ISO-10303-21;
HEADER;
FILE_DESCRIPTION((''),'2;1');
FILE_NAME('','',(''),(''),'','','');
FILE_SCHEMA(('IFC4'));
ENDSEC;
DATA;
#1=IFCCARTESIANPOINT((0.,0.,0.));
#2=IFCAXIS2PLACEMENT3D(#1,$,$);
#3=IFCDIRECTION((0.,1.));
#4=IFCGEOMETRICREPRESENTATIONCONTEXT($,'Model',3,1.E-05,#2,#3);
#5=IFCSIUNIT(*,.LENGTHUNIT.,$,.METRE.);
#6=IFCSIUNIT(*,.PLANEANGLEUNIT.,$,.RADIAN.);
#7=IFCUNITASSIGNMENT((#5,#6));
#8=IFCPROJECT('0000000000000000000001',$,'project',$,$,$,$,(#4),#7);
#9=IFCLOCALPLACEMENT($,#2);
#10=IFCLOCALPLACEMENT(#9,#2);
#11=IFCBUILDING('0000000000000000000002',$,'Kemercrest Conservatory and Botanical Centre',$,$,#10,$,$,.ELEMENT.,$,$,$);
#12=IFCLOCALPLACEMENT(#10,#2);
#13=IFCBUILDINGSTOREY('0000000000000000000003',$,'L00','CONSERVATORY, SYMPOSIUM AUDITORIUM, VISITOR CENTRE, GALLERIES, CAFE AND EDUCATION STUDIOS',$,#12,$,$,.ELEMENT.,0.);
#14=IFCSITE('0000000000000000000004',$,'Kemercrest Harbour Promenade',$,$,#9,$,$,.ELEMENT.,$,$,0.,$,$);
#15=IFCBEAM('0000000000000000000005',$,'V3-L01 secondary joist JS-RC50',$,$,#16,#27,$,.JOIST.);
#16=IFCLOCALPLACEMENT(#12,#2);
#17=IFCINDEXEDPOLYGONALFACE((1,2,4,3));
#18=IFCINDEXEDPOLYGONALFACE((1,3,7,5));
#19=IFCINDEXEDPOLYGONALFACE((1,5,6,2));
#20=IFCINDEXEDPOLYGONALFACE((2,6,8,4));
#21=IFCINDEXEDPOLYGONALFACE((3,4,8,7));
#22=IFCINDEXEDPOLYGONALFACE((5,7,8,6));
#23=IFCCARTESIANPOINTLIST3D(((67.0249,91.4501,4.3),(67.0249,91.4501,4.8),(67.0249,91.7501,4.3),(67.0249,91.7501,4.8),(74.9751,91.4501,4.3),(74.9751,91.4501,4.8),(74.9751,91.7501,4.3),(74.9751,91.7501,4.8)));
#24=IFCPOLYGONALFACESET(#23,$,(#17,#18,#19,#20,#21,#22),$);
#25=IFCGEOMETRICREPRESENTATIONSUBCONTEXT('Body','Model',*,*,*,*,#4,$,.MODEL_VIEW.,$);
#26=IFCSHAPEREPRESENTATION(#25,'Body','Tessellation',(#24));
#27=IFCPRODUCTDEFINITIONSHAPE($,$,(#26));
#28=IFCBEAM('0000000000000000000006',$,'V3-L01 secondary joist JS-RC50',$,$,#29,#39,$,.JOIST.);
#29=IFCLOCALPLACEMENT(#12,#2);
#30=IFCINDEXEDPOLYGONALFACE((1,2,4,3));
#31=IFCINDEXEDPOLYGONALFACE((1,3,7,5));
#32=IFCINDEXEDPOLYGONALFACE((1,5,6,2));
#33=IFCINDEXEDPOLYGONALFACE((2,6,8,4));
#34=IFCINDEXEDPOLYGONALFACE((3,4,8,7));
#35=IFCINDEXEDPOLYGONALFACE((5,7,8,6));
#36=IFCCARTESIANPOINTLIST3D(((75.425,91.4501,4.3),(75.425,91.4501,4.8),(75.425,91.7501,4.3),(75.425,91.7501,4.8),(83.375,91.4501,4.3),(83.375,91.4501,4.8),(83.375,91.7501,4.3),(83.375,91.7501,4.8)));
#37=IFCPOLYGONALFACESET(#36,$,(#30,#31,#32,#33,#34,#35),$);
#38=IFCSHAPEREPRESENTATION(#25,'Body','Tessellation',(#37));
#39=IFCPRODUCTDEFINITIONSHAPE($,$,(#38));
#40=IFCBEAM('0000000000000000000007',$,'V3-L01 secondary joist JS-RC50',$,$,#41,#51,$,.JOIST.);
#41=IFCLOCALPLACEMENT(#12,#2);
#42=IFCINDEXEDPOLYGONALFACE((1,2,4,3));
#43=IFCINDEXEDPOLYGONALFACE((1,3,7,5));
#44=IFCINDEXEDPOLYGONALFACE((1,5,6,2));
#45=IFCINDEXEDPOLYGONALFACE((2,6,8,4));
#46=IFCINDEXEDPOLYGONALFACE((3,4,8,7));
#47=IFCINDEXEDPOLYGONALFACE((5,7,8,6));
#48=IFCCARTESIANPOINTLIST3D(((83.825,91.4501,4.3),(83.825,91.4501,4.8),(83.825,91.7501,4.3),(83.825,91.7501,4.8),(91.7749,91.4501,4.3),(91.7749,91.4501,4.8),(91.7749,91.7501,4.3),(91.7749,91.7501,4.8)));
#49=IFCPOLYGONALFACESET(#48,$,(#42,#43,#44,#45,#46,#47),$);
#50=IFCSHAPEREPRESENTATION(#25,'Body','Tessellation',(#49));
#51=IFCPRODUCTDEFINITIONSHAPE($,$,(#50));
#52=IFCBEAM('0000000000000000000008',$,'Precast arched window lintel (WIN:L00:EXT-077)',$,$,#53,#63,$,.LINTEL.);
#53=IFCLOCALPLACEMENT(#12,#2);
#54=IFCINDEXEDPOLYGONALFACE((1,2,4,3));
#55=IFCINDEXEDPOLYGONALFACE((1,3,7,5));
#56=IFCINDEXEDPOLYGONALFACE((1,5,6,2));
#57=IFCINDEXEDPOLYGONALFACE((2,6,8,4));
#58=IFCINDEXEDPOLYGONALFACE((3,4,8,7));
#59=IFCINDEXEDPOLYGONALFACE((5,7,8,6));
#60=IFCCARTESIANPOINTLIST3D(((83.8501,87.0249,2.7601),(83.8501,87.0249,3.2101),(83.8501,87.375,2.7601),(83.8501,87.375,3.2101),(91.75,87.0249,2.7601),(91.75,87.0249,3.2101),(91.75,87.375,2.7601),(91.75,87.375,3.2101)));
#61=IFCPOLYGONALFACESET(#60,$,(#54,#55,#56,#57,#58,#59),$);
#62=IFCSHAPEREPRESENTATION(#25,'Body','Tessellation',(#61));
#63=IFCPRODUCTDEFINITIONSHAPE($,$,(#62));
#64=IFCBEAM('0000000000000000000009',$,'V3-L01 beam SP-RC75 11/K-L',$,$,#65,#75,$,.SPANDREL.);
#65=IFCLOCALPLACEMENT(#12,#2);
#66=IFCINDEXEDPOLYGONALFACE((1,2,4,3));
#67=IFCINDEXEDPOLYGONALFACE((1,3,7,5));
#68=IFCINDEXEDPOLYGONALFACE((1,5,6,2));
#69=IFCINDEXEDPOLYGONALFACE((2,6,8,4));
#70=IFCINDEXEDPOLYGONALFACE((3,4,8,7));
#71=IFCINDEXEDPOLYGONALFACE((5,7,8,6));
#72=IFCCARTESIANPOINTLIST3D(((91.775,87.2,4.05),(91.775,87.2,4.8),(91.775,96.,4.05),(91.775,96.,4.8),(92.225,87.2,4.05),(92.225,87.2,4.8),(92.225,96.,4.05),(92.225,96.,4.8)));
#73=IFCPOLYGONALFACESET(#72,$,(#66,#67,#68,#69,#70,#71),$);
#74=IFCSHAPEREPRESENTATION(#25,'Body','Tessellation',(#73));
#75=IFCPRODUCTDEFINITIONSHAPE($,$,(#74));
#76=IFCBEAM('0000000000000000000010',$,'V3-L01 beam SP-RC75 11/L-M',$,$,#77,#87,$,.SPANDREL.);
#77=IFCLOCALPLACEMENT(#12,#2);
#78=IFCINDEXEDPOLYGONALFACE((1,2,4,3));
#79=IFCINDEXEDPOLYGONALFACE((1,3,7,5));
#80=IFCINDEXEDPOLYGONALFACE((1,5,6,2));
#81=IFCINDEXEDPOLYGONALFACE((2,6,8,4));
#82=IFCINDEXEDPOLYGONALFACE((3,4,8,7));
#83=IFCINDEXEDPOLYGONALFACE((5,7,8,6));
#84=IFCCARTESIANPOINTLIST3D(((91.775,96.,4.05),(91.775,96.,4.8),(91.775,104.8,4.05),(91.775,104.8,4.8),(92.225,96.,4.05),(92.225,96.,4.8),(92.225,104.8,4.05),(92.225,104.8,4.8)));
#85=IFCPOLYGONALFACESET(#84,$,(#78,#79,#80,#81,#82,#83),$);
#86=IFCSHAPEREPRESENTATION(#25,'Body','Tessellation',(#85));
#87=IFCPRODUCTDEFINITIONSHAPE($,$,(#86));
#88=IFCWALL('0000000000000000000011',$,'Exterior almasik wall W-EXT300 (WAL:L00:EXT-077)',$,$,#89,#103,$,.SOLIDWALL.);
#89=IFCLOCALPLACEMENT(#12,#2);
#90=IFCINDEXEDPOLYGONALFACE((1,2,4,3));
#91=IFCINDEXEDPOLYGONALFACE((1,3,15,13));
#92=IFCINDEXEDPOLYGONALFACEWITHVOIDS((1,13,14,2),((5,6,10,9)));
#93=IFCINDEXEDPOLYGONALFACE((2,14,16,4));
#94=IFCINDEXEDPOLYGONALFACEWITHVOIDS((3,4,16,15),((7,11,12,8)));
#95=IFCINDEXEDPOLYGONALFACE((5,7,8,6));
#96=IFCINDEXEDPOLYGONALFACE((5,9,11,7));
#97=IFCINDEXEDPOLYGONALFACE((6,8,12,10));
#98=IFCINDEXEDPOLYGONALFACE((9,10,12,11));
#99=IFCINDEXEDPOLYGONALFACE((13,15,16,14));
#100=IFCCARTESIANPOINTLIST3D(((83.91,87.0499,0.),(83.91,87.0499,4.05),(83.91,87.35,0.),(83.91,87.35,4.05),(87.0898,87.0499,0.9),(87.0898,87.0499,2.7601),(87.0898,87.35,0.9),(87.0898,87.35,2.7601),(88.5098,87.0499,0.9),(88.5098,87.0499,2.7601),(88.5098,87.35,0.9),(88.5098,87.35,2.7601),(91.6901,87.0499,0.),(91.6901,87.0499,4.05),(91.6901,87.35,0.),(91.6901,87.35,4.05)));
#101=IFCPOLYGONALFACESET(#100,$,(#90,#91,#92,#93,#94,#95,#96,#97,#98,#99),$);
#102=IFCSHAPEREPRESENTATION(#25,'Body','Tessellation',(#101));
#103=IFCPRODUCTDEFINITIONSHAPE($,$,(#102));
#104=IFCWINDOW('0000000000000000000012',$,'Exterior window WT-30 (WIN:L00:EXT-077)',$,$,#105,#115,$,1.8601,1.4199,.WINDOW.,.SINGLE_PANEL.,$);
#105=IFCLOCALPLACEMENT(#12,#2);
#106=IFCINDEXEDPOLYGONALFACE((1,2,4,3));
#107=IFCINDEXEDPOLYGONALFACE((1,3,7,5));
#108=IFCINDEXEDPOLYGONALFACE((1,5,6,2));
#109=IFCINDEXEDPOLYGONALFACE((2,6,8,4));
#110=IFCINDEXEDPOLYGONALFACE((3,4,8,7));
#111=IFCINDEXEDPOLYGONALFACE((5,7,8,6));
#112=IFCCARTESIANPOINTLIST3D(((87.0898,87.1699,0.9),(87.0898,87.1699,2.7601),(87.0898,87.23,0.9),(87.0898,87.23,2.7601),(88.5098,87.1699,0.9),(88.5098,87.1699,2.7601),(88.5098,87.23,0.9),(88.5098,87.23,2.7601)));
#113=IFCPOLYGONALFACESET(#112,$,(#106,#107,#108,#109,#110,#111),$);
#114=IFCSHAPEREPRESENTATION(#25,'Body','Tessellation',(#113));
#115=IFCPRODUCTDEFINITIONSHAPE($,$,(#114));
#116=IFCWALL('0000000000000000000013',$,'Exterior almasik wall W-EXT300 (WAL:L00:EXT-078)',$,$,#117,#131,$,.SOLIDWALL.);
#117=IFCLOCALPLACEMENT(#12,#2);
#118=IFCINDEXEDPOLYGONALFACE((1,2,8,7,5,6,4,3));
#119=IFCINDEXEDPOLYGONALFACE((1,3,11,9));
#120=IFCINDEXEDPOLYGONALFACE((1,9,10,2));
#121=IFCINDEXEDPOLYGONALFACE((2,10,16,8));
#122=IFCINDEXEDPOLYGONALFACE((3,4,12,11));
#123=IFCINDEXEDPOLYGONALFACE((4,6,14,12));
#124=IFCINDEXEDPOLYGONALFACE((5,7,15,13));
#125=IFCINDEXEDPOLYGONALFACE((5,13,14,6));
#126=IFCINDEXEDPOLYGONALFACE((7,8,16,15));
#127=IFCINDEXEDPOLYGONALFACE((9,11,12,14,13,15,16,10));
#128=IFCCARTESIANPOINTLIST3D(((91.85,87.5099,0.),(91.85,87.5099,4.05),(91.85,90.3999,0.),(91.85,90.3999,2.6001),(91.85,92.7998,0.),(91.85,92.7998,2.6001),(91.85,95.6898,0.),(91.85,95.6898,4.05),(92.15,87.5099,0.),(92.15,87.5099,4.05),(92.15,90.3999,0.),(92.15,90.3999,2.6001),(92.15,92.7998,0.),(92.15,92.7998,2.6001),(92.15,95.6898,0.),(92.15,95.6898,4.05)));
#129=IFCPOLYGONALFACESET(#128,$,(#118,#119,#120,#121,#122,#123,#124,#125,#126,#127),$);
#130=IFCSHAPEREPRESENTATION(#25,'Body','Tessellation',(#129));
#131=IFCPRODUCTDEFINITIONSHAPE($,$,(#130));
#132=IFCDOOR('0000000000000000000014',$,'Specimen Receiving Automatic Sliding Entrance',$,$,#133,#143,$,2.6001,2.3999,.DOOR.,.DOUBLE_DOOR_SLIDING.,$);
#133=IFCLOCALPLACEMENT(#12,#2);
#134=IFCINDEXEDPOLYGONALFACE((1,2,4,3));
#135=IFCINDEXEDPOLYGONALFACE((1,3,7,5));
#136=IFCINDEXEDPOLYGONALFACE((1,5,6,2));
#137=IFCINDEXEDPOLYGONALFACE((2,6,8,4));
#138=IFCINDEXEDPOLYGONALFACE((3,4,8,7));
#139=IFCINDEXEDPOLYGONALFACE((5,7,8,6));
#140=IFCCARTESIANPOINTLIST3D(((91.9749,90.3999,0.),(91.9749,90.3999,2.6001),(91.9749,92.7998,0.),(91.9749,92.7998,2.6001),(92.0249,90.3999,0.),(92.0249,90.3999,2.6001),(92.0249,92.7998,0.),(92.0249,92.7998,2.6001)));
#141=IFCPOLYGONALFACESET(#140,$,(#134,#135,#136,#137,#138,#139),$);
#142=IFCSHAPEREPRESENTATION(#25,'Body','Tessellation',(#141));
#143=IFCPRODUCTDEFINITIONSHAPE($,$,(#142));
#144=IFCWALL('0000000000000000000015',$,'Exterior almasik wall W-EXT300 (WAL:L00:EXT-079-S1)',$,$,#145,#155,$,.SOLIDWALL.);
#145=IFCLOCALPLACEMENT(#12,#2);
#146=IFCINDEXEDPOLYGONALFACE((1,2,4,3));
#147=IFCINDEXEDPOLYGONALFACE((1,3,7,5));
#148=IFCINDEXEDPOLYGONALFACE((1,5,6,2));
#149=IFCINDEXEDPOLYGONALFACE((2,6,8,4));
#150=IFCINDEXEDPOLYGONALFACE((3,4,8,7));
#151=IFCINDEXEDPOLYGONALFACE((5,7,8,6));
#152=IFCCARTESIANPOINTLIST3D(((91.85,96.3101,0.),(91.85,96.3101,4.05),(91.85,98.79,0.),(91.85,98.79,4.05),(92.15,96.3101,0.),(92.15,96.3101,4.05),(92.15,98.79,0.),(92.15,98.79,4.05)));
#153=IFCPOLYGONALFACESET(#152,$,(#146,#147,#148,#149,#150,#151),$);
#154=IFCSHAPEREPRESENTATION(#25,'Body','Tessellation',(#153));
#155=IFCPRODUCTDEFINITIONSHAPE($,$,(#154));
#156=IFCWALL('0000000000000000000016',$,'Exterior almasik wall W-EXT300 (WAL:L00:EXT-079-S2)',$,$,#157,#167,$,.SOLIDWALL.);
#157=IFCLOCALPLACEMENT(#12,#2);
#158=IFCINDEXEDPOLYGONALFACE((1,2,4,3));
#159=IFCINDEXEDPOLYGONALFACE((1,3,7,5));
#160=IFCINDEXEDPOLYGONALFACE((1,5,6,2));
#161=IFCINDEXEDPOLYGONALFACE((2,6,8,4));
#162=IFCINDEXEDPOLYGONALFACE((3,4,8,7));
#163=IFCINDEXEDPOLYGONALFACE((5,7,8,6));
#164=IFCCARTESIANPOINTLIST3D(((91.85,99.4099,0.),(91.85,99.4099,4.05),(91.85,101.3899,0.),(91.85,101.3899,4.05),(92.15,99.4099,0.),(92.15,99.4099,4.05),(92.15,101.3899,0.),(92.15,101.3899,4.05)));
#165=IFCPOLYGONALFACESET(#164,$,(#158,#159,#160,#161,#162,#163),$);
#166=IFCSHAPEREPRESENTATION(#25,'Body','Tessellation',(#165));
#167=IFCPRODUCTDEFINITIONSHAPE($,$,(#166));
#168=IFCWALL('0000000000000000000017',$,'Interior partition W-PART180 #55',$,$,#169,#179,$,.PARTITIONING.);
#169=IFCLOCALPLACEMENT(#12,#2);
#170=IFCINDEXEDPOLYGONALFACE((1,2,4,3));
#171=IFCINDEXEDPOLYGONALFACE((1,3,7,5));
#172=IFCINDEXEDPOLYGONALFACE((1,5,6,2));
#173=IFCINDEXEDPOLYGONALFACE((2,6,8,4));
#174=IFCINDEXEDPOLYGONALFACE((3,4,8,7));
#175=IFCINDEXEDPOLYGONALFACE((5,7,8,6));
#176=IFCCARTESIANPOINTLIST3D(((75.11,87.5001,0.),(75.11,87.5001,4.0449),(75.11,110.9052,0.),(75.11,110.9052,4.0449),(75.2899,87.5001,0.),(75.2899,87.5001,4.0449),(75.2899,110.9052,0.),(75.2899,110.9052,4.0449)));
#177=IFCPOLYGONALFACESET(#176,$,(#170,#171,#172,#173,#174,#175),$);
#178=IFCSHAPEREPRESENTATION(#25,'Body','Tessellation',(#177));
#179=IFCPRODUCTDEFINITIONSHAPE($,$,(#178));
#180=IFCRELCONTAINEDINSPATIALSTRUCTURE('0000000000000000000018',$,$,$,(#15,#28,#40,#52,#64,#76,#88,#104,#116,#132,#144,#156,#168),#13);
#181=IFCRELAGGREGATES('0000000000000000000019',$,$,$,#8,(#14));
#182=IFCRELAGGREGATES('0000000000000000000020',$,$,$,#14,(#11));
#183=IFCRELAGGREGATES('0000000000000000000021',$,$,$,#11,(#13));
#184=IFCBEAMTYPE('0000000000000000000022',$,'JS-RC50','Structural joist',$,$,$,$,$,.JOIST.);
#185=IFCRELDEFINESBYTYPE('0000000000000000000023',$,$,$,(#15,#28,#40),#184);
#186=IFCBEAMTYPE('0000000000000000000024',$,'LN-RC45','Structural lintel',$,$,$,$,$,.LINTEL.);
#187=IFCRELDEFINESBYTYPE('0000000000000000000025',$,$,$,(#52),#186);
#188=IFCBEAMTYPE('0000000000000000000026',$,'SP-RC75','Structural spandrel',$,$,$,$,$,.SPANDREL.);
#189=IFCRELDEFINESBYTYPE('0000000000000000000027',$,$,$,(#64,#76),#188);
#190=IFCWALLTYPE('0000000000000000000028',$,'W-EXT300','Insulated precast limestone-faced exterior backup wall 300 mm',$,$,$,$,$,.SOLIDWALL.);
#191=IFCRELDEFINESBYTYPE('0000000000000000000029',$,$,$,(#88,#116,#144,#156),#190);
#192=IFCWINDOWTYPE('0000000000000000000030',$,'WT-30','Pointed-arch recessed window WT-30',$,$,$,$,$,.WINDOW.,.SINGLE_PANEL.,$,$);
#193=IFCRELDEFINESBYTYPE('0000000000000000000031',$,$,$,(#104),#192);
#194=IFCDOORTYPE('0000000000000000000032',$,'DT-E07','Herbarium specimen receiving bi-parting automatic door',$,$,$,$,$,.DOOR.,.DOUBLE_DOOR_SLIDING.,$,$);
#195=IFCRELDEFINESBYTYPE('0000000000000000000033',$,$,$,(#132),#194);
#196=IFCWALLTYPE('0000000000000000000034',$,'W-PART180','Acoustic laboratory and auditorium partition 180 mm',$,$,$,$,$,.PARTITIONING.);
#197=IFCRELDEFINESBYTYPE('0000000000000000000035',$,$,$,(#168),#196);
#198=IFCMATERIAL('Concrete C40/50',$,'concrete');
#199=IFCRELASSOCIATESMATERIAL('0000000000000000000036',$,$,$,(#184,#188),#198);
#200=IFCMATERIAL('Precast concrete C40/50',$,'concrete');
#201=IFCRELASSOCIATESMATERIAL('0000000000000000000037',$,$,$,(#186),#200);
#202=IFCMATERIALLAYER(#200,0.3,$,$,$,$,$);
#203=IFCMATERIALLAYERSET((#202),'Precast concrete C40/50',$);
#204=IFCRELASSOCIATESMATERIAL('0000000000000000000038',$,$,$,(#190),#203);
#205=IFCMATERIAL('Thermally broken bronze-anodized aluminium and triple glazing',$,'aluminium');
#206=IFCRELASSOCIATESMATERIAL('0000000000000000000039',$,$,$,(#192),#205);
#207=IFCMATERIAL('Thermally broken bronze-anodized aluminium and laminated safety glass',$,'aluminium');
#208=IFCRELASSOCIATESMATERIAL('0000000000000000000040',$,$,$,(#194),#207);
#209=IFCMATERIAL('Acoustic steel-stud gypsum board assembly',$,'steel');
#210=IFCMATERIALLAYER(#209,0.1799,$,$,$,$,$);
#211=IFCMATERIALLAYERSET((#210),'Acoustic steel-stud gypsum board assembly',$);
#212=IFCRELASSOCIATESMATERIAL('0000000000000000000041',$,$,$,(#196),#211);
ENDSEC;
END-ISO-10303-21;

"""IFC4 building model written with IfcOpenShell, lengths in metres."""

from ifc_helpers import new_model, si_unit, direction, frame, frame_2d, origin, origin_2d, place, context, subcontext, project, spatial, rectangle, extrude, material, layer, layer_set, material_profile, profile_set, type_object, element, fill, save


model = new_model("IFC4")

# Units and contexts
model_context = context("Model", 3, precision=1e-05, world=origin(), true_north=direction((0.0, 1.0)))
body_context = subcontext(model_context, "Body", "Model", "MODEL_VIEW")
ifc_project = project(units=[si_unit("LENGTHUNIT", "METRE"), si_unit("PLANEANGLEUNIT", "RADIAN")], contexts=[model_context])

# Site, building, storey
site_placement = place(None, origin())
site = spatial("IfcSite", under=ifc_project, at=site_placement, Name="Kemercrest Harbour Promenade", CompositionType="ELEMENT", RefElevation=0.0)
building_placement = place(site_placement, origin())
building = spatial("IfcBuilding", under=site, at=building_placement, Name="Kemercrest Conservatory and Botanical Centre", CompositionType="ELEMENT")
storey_placement = place(building_placement, origin())
storey = spatial("IfcBuildingStorey", under=building, at=storey_placement, Name="L00", Description="CONSERVATORY, SYMPOSIUM AUDITORIUM, VISITOR CENTRE, GALLERIES, CAFE AND EDUCATION STUDIOS", CompositionType="ELEMENT", Elevation=0.0)

# Shared definitions
ifc_material_1 = material(Name="Concrete C40/50", Category="concrete")

# Beams
ifc_material_profile_1 = material_profile(ifc_material_1, rectangle(XDim=0.3, YDim=0.5, at=origin_2d()), Name="RC 300x500")
ifc_profile_set_1 = profile_set([ifc_material_profile_1], Name="Concrete C40/50")
beam_type_1 = type_object("IfcBeamType", Name="JS-RC50", Description="Structural joist", PredefinedType="JOIST", material=ifc_profile_set_1)
beam_1_placement = place(storey_placement, frame((67.0249, 91.6001, 4.55), z_axis=(1.0, 0.0, 0.0), x_axis=(0.0, 1.0, 0.0)))
element("IfcBeam", 1, at=beam_1_placement, inside=storey, type_object=beam_type_1, Name="V3-L01 secondary joist JS-RC50", PredefinedType="JOIST", context=body_context, shape_type="SweptSolid", body=[
    extrude(rectangle(XDim=0.3, YDim=0.5, at=origin_2d()), origin(), (0.0, 0.0, 1.0), 7.9502),
])
for number, where, z_axis, x_axis, name in (
    (2, (75.425, 91.6001, 4.55), (1.0, 0.0, 0.0), (0.0, 1.0, 0.0), "V3-L01 secondary joist JS-RC50"),
    (3, (83.825, 91.6001, 4.55), (1.0, 0.0, 0.0), (0.0, 1.0, 0.0), "V3-L01 secondary joist JS-RC50"),
):
    element("IfcBeam", number, at=place(storey_placement, frame(where, z_axis=z_axis, x_axis=x_axis)), inside=storey, type_object=beam_type_1, Name=name, PredefinedType="JOIST", context=body_context, shape_type="SweptSolid", body=[
        extrude(rectangle(XDim=0.3, YDim=0.5, at=origin_2d()), origin(), (0.0, 0.0, 1.0), 7.95),
    ])
ifc_material_2 = material(Name="Precast concrete C40/50", Category="concrete")
ifc_material_profile_2 = material_profile(ifc_material_2, rectangle(XDim=0.3501, YDim=0.45, at=origin_2d()), Name="RC 350x450")
ifc_profile_set_2 = profile_set([ifc_material_profile_2], Name="Precast concrete C40/50")
beam_type_2 = type_object("IfcBeamType", Name="LN-RC45", Description="Structural lintel", PredefinedType="LINTEL", material=ifc_profile_set_2)
beam_2_placement = place(storey_placement, frame((83.8501, 87.2, 2.9851), z_axis=(1.0, 0.0, 0.0), x_axis=(0.0, 1.0, 0.0)))
element("IfcBeam", 4, at=beam_2_placement, inside=storey, type_object=beam_type_2, Name="Precast arched window lintel (WIN:L00:EXT-077)", PredefinedType="LINTEL", context=body_context, shape_type="SweptSolid", body=[
    extrude(rectangle(XDim=0.3501, YDim=0.45, at=origin_2d()), origin(), (0.0, 0.0, 1.0), 7.8999),
])
ifc_material_profile_3 = material_profile(ifc_material_1, rectangle(XDim=0.45, YDim=0.75, at=origin_2d()), Name="RC 450x750")
ifc_profile_set_3 = profile_set([ifc_material_profile_3], Name="Concrete C40/50")
beam_type_3 = type_object("IfcBeamType", Name="SP-RC75", Description="Structural spandrel", PredefinedType="SPANDREL", material=ifc_profile_set_3)
for number, where, z_axis, x_axis, name in (
    (5, (92.0, 87.2, 4.425), (0.0, 1.0, 0.0), (-1.0, 0.0, 0.0), "V3-L01 beam SP-RC75 11/K-L"),
    (6, (92.0, 96.0, 4.425), (0.0, 1.0, 0.0), (-1.0, 0.0, 0.0), "V3-L01 beam SP-RC75 11/L-M"),
):
    element("IfcBeam", number, at=place(storey_placement, frame(where, z_axis=z_axis, x_axis=x_axis)), inside=storey, type_object=beam_type_3, Name=name, PredefinedType="SPANDREL", context=body_context, shape_type="SweptSolid", body=[
        extrude(rectangle(XDim=0.45, YDim=0.75, at=origin_2d()), origin(), (0.0, 0.0, 1.0), 8.8),
    ])

# Wall, opening, window
ifc_layer_1 = layer(ifc_material_2, 0.3)
ifc_layer_set_1 = layer_set([ifc_layer_1], Name="Precast concrete C40/50")
wall_type_1 = type_object("IfcWallType", Name="W-EXT300", Description="Insulated precast limestone-faced exterior backup wall 300 mm", PredefinedType="SOLIDWALL", material=ifc_layer_set_1)
wall_1_placement = place(storey_placement, frame((83.9099, 87.2, 0.0), z_axis=(0.0, 0.0, 1.0), x_axis=(1.0, 0.0, 0.0)))
wall_1 = element("IfcWall", 7, at=wall_1_placement, inside=storey, type_object=wall_type_1, Name="Exterior almasik wall W-EXT300 (WAL:L00:EXT-077)", PredefinedType="SOLIDWALL", context=body_context, shape_type="SweptSolid", body=[
    extrude(rectangle(XDim=7.78, YDim=0.3, at=frame_2d((3.8901, 0.0))), origin(), (0.0, 0.0, 1.0), 4.05),
])
opening_1_placement = place(wall_1_placement, frame((3.1799, 0.0, 0.8999)))
opening_1 = element("IfcOpeningElement", 8, at=opening_1_placement, cuts=wall_1, PredefinedType="OPENING", context=body_context, shape_type="SweptSolid", body=[
    extrude(rectangle(XDim=1.4199, YDim=1.8601, at=frame_2d((0.71, 0.9302))), frame((0.0, 0.1602, 0.0), z_axis=(0.0, -1.0, 0.0), x_axis=(1.0, 0.0, 0.0)), (0.0, 0.0, 1.0), 0.3201),
])
ifc_material_3 = material(Name="Thermally broken bronze-anodized aluminium and triple glazing", Category="aluminium")
window_type = type_object("IfcWindowType", Name="WT-30", Description="Pointed-arch recessed window WT-30", PartitioningType="SINGLE_PANEL", PredefinedType="WINDOW", material=ifc_material_3)
window_placement = place(opening_1_placement, origin())
window = element("IfcWindow", 9, at=window_placement, inside=storey, type_object=window_type, Name="Exterior window WT-30 (WIN:L00:EXT-077)", OverallHeight=1.8601, OverallWidth=1.4199, PartitioningType="SINGLE_PANEL", PredefinedType="WINDOW", context=body_context, shape_type="SweptSolid", body=[
    extrude(rectangle(XDim=1.4199, YDim=1.8601, at=frame_2d((0.71, 0.9302))), frame((0.0, 0.03, 0.0), z_axis=(0.0, -1.0, 0.0), x_axis=(1.0, 0.0, 0.0)), (0.0, 0.0, 1.0), 0.0601),
])
fill(opening_1, window)

# Wall, opening, door
wall_2_placement = place(storey_placement, frame((92.0, 87.51, 0.0), z_axis=(0.0, 0.0, 1.0), x_axis=(0.0, 1.0, 0.0)))
wall_2 = element("IfcWall", 10, at=wall_2_placement, inside=storey, type_object=wall_type_1, Name="Exterior almasik wall W-EXT300 (WAL:L00:EXT-078)", PredefinedType="SOLIDWALL", context=body_context, shape_type="SweptSolid", body=[
    extrude(rectangle(XDim=8.1799, YDim=0.3, at=frame_2d((4.0898, 0.0))), origin(), (0.0, 0.0, 1.0), 4.05),
])
opening_2_placement = place(wall_2_placement, frame((2.8899, 0.0, 0.0)))
opening_2 = element("IfcOpeningElement", 11, at=opening_2_placement, cuts=wall_2, PredefinedType="OPENING", context=body_context, shape_type="SweptSolid", body=[
    extrude(rectangle(XDim=2.3999, YDim=2.6001, at=frame_2d((1.2, 1.3))), frame((0.0, 0.1602, 0.0), z_axis=(0.0, -1.0, 0.0), x_axis=(1.0, 0.0, 0.0)), (0.0, 0.0, 1.0), 0.3201),
])
ifc_material_4 = material(Name="Thermally broken bronze-anodized aluminium and laminated safety glass", Category="aluminium")
door_type = type_object("IfcDoorType", Name="DT-E07", Description="Herbarium specimen receiving bi-parting automatic door", OperationType="DOUBLE_DOOR_SLIDING", PredefinedType="DOOR", material=ifc_material_4)
door_placement = place(opening_2_placement, frame((2.3999, 0.0, 0.0), z_axis=(0.0, 0.0, 1.0), x_axis=(-1.0, 0.0, 0.0)))
door = element("IfcDoor", 12, at=door_placement, inside=storey, type_object=door_type, Name="Specimen Receiving Automatic Sliding Entrance", OperationType="DOUBLE_DOOR_SLIDING", OverallHeight=2.6001, OverallWidth=2.3999, PredefinedType="DOOR", context=body_context, shape_type="SweptSolid", body=[
    extrude(rectangle(XDim=2.3999, YDim=2.6001, at=frame_2d((1.2, 1.3))), frame((0.0, 0.0249, 0.0), z_axis=(0.0, -1.0, 0.0), x_axis=(1.0, 0.0, 0.0)), (0.0, 0.0, 1.0), 0.05),
])
fill(opening_2, door)

# Walls
wall_3_placement = place(storey_placement, frame((92.0, 96.3101, 0.0), z_axis=(0.0, 0.0, 1.0), x_axis=(0.0, 1.0, 0.0)))
element("IfcWall", 13, at=wall_3_placement, inside=storey, type_object=wall_type_1, Name="Exterior almasik wall W-EXT300 (WAL:L00:EXT-079-S1)", PredefinedType="SOLIDWALL", context=body_context, shape_type="SweptSolid", body=[
    extrude(rectangle(XDim=2.48, YDim=0.3, at=frame_2d((1.24, 0.0))), origin(), (0.0, 0.0, 1.0), 4.05),
])
wall_4_placement = place(storey_placement, frame((92.0, 99.4099, 0.0), z_axis=(0.0, 0.0, 1.0), x_axis=(0.0, 1.0, 0.0)))
element("IfcWall", 14, at=wall_4_placement, inside=storey, type_object=wall_type_1, Name="Exterior almasik wall W-EXT300 (WAL:L00:EXT-079-S2)", PredefinedType="SOLIDWALL", context=body_context, shape_type="SweptSolid", body=[
    extrude(rectangle(XDim=1.98, YDim=0.3, at=frame_2d((0.99, 0.0))), origin(), (0.0, 0.0, 1.0), 4.05),
])
ifc_material_5 = material(Name="Acoustic steel-stud gypsum board assembly", Category="steel")
ifc_layer_2 = layer(ifc_material_5, 0.1799)
ifc_layer_set_2 = layer_set([ifc_layer_2], Name="Acoustic steel-stud gypsum board assembly")
wall_type_2 = type_object("IfcWallType", Name="W-PART180", Description="Acoustic laboratory and auditorium partition 180 mm", PredefinedType="PARTITIONING", material=ifc_layer_set_2)
wall_5_placement = place(storey_placement, frame((75.2, 87.5, 0.0), z_axis=(0.0, 0.0, 1.0), x_axis=(0.0, 1.0, 0.0)))
element("IfcWall", 15, at=wall_5_placement, inside=storey, type_object=wall_type_2, Name="Interior partition W-PART180 #55", PredefinedType="PARTITIONING", context=body_context, shape_type="SweptSolid", body=[
    extrude(rectangle(XDim=23.405, YDim=0.1799, at=frame_2d((11.7026, 0.0))), origin(), (0.0, 0.0, 1.0), 4.0449),
])

save(model, "model.ifc")
